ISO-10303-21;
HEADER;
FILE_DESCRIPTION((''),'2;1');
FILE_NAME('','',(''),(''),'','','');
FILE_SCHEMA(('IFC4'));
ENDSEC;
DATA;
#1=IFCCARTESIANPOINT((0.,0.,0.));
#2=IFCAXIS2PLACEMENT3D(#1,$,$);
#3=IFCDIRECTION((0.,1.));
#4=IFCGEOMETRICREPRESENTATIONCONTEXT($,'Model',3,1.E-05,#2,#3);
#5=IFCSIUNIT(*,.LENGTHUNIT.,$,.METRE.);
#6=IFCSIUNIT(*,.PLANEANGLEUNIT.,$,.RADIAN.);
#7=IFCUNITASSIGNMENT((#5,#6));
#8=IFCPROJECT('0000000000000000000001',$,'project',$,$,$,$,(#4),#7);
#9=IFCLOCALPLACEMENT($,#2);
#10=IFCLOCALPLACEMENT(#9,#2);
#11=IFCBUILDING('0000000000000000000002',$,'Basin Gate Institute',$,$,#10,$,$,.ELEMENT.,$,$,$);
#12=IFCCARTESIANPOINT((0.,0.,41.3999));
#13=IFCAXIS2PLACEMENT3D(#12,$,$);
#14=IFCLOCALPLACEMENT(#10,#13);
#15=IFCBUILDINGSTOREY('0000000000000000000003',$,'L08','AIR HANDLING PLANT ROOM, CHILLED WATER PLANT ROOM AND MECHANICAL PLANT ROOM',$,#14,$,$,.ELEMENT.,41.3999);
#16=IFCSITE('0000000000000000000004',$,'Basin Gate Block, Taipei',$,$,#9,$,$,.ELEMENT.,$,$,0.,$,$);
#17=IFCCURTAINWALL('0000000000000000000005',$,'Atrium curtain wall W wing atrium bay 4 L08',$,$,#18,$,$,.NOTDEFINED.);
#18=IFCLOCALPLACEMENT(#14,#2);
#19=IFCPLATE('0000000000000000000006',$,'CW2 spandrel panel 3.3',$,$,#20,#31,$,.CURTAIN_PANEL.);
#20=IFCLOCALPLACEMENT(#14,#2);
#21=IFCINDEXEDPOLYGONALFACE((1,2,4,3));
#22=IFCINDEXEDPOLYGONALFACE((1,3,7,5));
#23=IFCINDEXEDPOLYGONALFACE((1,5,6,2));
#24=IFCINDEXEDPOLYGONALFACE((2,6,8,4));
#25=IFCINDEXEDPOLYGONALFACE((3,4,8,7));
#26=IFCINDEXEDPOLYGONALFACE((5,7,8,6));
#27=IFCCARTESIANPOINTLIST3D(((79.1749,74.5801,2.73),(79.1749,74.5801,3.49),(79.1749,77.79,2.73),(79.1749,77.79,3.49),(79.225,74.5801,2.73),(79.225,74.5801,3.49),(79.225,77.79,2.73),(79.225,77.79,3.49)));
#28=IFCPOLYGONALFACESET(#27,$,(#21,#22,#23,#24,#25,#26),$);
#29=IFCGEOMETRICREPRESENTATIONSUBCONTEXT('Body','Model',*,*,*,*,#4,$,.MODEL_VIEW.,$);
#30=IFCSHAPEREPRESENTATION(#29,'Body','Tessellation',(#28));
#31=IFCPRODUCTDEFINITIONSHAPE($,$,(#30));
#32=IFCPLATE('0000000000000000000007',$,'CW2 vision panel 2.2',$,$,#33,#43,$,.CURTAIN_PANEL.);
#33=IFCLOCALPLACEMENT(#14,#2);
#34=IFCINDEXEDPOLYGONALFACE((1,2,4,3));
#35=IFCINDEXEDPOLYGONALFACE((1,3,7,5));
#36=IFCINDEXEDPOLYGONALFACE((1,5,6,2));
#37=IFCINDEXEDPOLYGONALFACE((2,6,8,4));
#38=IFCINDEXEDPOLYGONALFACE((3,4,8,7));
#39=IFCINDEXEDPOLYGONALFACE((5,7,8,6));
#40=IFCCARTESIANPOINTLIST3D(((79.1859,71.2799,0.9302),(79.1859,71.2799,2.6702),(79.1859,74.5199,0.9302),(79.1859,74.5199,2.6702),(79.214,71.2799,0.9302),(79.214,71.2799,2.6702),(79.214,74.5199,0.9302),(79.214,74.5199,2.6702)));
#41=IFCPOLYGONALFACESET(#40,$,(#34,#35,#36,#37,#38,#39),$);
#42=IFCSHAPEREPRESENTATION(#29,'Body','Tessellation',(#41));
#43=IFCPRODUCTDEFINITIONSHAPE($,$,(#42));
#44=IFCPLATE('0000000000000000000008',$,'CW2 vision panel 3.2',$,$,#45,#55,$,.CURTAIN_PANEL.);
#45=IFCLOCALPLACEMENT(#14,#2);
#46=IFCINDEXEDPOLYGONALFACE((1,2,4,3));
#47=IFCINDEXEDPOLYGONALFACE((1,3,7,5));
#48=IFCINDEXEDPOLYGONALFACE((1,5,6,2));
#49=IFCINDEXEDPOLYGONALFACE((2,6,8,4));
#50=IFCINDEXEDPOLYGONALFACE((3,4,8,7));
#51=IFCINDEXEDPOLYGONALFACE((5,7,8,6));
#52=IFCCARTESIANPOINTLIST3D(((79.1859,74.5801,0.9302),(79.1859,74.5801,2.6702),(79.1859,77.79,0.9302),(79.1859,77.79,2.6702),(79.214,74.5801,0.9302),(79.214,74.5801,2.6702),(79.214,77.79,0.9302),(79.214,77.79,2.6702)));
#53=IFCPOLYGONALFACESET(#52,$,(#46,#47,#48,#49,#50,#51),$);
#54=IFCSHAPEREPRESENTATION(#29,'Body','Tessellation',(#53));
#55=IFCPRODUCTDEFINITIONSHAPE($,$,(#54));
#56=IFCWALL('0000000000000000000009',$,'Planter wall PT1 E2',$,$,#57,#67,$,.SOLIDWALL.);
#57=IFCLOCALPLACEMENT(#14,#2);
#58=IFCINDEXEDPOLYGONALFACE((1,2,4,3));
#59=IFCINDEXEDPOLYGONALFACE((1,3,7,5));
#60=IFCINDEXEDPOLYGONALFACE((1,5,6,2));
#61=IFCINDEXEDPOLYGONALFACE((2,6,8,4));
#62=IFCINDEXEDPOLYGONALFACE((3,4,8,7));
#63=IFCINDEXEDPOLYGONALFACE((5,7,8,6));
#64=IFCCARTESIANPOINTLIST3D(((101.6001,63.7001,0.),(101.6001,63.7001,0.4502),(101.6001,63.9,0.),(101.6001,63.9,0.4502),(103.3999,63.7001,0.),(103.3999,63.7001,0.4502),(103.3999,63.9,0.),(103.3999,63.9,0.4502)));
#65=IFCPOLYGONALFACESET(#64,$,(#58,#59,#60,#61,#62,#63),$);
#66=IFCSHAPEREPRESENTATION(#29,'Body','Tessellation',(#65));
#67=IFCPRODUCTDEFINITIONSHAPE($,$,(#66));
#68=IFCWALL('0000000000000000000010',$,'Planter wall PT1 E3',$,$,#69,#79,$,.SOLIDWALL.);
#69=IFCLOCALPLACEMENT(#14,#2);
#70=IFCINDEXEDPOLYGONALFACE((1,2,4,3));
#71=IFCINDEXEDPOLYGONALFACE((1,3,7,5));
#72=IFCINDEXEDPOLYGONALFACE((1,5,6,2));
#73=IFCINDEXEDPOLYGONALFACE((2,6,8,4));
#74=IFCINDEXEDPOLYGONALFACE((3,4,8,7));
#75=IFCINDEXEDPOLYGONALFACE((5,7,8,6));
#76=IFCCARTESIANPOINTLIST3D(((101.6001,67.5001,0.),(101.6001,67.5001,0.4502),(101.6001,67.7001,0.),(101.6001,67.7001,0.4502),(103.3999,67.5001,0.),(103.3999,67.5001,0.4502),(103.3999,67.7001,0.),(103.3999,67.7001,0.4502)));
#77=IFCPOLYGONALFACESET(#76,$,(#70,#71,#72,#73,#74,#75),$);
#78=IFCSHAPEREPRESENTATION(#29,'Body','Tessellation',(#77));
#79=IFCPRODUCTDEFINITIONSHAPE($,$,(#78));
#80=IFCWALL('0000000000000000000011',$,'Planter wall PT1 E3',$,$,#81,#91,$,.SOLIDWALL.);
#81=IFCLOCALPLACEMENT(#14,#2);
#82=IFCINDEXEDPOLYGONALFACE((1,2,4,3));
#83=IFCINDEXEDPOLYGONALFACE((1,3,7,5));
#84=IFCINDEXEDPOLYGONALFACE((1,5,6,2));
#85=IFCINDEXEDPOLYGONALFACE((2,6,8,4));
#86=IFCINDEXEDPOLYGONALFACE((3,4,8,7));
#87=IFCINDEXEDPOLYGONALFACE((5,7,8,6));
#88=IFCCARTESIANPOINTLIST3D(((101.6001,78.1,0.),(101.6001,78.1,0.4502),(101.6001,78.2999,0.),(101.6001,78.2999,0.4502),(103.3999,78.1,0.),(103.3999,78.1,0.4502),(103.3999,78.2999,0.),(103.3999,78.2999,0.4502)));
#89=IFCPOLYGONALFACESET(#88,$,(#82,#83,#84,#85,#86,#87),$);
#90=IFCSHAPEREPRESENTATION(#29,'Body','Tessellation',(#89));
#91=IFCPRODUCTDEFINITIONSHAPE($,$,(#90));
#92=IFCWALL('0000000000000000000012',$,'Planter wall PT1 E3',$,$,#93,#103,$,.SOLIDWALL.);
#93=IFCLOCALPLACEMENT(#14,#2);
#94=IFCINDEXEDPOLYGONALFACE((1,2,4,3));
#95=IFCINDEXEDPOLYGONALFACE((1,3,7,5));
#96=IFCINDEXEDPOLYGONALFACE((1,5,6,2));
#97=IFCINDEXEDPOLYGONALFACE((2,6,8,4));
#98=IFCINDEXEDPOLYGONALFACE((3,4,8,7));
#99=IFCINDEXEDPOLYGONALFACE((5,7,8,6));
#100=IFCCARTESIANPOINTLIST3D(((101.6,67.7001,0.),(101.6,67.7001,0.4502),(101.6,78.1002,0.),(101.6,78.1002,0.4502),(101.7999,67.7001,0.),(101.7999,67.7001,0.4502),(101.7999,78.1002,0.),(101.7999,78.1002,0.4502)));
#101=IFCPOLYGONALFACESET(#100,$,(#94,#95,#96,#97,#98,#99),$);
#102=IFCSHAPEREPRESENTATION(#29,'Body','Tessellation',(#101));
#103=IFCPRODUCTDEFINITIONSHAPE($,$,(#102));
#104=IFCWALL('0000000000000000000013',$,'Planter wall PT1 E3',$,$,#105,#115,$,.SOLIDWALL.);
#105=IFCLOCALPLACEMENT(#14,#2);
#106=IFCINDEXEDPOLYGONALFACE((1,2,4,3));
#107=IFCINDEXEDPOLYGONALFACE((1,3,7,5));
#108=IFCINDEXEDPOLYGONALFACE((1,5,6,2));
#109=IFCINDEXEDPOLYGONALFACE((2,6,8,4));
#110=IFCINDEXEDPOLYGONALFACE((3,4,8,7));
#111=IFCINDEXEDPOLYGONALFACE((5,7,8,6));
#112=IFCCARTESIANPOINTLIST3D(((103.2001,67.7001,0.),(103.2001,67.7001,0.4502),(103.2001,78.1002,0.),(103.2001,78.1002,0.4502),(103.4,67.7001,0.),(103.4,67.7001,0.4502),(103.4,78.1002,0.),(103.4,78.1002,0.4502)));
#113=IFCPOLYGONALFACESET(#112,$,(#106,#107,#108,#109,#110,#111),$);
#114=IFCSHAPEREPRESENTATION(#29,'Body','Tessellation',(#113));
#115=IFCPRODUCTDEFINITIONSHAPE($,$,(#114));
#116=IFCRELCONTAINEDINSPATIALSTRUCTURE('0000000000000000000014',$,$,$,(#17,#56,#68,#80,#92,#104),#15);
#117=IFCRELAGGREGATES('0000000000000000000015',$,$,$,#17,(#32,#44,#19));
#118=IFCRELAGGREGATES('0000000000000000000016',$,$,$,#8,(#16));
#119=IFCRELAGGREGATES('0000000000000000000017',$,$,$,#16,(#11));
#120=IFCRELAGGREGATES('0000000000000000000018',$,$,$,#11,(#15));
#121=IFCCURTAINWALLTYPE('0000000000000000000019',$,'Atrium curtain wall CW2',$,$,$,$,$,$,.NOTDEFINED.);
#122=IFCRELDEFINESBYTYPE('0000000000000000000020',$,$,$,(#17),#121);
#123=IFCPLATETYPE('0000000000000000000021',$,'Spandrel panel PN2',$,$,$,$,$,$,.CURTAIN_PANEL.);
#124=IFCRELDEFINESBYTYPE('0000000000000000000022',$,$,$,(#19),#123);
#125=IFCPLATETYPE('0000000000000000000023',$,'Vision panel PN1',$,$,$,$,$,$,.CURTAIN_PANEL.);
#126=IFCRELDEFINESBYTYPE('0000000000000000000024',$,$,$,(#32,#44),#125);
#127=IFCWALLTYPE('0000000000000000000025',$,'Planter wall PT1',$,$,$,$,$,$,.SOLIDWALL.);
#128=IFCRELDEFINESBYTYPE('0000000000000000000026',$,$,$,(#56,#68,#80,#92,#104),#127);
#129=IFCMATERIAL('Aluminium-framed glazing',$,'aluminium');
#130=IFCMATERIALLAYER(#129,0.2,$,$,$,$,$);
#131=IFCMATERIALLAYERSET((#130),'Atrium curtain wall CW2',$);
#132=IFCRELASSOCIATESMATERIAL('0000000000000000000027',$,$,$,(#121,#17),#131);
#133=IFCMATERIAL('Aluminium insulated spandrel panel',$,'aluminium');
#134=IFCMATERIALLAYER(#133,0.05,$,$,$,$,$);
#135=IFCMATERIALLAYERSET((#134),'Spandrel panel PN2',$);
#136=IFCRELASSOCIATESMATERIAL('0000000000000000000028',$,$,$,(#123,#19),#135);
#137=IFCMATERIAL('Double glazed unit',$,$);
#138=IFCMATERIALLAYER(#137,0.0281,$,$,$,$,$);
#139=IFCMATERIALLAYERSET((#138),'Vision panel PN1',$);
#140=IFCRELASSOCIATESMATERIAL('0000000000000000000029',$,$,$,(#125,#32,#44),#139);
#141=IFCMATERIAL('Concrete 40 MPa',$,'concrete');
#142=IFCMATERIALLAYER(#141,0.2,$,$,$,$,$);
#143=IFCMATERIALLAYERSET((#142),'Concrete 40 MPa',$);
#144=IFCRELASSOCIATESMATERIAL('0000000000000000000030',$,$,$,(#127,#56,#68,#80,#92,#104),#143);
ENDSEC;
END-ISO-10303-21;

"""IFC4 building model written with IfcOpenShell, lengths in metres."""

from ifc_helpers import new_model, si_unit, direction, frame, frame_2d, origin, origin_2d, place, context, subcontext, project, spatial, rectangle, extrude, material, layer, layer_set, type_object, element, aggregate, save


model = new_model("IFC4")

# Units and contexts
model_context = context("Model", 3, precision=1e-05, world=origin(), true_north=direction((0.0, 1.0)))
body_context = subcontext(model_context, "Body", "Model", "MODEL_VIEW")
ifc_project = project(units=[si_unit("LENGTHUNIT", "METRE"), si_unit("PLANEANGLEUNIT", "RADIAN")], contexts=[model_context])

# Site, building, storey
site_placement = place(None, origin())
site = spatial("IfcSite", under=ifc_project, at=site_placement, Name="Basin Gate Block, Taipei", CompositionType="ELEMENT", RefElevation=0.0)
building_placement = place(site_placement, origin())
building = spatial("IfcBuilding", under=site, at=building_placement, Name="Basin Gate Institute", CompositionType="ELEMENT")
storey_placement = place(building_placement, frame((0.0, 0.0, 41.3999)))
storey = spatial("IfcBuildingStorey", under=building, at=storey_placement, Name="L08", Description="AIR HANDLING PLANT ROOM, CHILLED WATER PLANT ROOM AND MECHANICAL PLANT ROOM", CompositionType="ELEMENT", Elevation=41.3999)

# Curtain wall
ifc_material_1 = material(Name="Aluminium-framed glazing", Category="aluminium")
ifc_layer_1 = layer(ifc_material_1, 0.2)
ifc_layer_set_1 = layer_set([ifc_layer_1], Name="Atrium curtain wall CW2")
curtain_wall_type = type_object("IfcCurtainWallType", Name="Atrium curtain wall CW2", PredefinedType="NOTDEFINED", material=ifc_layer_set_1)
curtain_wall_placement = place(storey_placement, origin())
curtain_wall = element("IfcCurtainWall", 1, at=curtain_wall_placement, inside=storey, type_object=curtain_wall_type, material=ifc_layer_set_1, Name="Atrium curtain wall W wing atrium bay 4 L08", PredefinedType="NOTDEFINED")

# Plates
ifc_material_2 = material(Name="Aluminium insulated spandrel panel", Category="aluminium")
ifc_layer_2 = layer(ifc_material_2, 0.05)
ifc_layer_set_2 = layer_set([ifc_layer_2], Name="Spandrel panel PN2")
plate_type_1 = type_object("IfcPlateType", Name="Spandrel panel PN2", PredefinedType="CURTAIN_PANEL", material=ifc_layer_set_2)
plate_1_placement = place(storey_placement, frame((79.2, 76.1851, 2.73), z_axis=(0.0, 0.0, 1.0), x_axis=(0.0, 1.0, 0.0)))
plate_1 = element("IfcPlate", 2, at=plate_1_placement, type_object=plate_type_1, material=ifc_layer_set_2, Name="CW2 spandrel panel 3.3", PredefinedType="CURTAIN_PANEL", context=body_context, shape_type="SweptSolid", body=[
    extrude(rectangle(XDim=3.21, YDim=0.05, at=origin_2d()), origin(), (0.0, 0.0, 1.0), 0.76),
])
ifc_material_3 = material(Name="Double glazed unit")
ifc_layer_3 = layer(ifc_material_3, 0.0281)
ifc_layer_set_3 = layer_set([ifc_layer_3], Name="Vision panel PN1")
plate_type_2 = type_object("IfcPlateType", Name="Vision panel PN1", PredefinedType="CURTAIN_PANEL", material=ifc_layer_set_3)
plate_2_placement = place(storey_placement, frame((79.2, 72.8999, 0.9302), z_axis=(0.0, 0.0, 1.0), x_axis=(0.0, 1.0, 0.0)))
plate_2 = element("IfcPlate", 3, at=plate_2_placement, type_object=plate_type_2, material=ifc_layer_set_3, Name="CW2 vision panel 2.2", PredefinedType="CURTAIN_PANEL", context=body_context, shape_type="SweptSolid", body=[
    extrude(rectangle(XDim=3.24, YDim=0.0281, at=origin_2d()), origin(), (0.0, 0.0, 1.0), 1.74),
])
plate_3_placement = place(storey_placement, frame((79.2, 76.1851, 0.9302), z_axis=(0.0, 0.0, 1.0), x_axis=(0.0, 1.0, 0.0)))
plate_3 = element("IfcPlate", 4, at=plate_3_placement, type_object=plate_type_2, material=ifc_layer_set_3, Name="CW2 vision panel 3.2", PredefinedType="CURTAIN_PANEL", context=body_context, shape_type="SweptSolid", body=[
    extrude(rectangle(XDim=3.21, YDim=0.0281, at=origin_2d()), origin(), (0.0, 0.0, 1.0), 1.74),
])
aggregate(curtain_wall, [plate_2, plate_3, plate_1])

# Walls
ifc_material_4 = material(Name="Concrete 40 MPa", Category="concrete")
ifc_layer_4 = layer(ifc_material_4, 0.2)
ifc_layer_set_4 = layer_set([ifc_layer_4], Name="Concrete 40 MPa")
wall_type = type_object("IfcWallType", Name="Planter wall PT1", PredefinedType="SOLIDWALL", material=ifc_layer_set_4)
for number, where, z_axis, x_axis, name in (
    (5, (101.6001, 63.8, 0.0), (0.0, 0.0, 1.0), (1.0, 0.0, 0.0), "Planter wall PT1 E2"),
    (6, (101.6001, 67.6001, 0.0), (0.0, 0.0, 1.0), (1.0, 0.0, 0.0), "Planter wall PT1 E3"),
    (7, (101.6001, 78.2, 0.0), (0.0, 0.0, 1.0), (1.0, 0.0, 0.0), "Planter wall PT1 E3"),
):
    element("IfcWall", number, at=place(storey_placement, frame(where, z_axis=z_axis, x_axis=x_axis)), inside=storey, type_object=wall_type, material=ifc_layer_set_4, Name=name, PredefinedType="SOLIDWALL", context=body_context, shape_type="SweptSolid", body=[
        extrude(rectangle(XDim=1.7998, YDim=0.2, at=frame_2d((0.8999, 0.0))), origin(), (0.0, 0.0, 1.0), 0.4502),
    ])
for number, where, z_axis, x_axis, name in (
    (8, (101.7, 67.7, 0.0), (0.0, 0.0, 1.0), (0.0, 1.0, 0.0), "Planter wall PT1 E3"),
    (9, (103.3, 67.7, 0.0), (0.0, 0.0, 1.0), (0.0, 1.0, 0.0), "Planter wall PT1 E3"),
):
    element("IfcWall", number, at=place(storey_placement, frame(where, z_axis=z_axis, x_axis=x_axis)), inside=storey, type_object=wall_type, material=ifc_layer_set_4, Name=name, PredefinedType="SOLIDWALL", context=body_context, shape_type="SweptSolid", body=[
        extrude(rectangle(XDim=10.4001, YDim=0.2, at=frame_2d((5.2002, 0.0))), origin(), (0.0, 0.0, 1.0), 0.4502),
    ])

save(model, "model.ifc")
